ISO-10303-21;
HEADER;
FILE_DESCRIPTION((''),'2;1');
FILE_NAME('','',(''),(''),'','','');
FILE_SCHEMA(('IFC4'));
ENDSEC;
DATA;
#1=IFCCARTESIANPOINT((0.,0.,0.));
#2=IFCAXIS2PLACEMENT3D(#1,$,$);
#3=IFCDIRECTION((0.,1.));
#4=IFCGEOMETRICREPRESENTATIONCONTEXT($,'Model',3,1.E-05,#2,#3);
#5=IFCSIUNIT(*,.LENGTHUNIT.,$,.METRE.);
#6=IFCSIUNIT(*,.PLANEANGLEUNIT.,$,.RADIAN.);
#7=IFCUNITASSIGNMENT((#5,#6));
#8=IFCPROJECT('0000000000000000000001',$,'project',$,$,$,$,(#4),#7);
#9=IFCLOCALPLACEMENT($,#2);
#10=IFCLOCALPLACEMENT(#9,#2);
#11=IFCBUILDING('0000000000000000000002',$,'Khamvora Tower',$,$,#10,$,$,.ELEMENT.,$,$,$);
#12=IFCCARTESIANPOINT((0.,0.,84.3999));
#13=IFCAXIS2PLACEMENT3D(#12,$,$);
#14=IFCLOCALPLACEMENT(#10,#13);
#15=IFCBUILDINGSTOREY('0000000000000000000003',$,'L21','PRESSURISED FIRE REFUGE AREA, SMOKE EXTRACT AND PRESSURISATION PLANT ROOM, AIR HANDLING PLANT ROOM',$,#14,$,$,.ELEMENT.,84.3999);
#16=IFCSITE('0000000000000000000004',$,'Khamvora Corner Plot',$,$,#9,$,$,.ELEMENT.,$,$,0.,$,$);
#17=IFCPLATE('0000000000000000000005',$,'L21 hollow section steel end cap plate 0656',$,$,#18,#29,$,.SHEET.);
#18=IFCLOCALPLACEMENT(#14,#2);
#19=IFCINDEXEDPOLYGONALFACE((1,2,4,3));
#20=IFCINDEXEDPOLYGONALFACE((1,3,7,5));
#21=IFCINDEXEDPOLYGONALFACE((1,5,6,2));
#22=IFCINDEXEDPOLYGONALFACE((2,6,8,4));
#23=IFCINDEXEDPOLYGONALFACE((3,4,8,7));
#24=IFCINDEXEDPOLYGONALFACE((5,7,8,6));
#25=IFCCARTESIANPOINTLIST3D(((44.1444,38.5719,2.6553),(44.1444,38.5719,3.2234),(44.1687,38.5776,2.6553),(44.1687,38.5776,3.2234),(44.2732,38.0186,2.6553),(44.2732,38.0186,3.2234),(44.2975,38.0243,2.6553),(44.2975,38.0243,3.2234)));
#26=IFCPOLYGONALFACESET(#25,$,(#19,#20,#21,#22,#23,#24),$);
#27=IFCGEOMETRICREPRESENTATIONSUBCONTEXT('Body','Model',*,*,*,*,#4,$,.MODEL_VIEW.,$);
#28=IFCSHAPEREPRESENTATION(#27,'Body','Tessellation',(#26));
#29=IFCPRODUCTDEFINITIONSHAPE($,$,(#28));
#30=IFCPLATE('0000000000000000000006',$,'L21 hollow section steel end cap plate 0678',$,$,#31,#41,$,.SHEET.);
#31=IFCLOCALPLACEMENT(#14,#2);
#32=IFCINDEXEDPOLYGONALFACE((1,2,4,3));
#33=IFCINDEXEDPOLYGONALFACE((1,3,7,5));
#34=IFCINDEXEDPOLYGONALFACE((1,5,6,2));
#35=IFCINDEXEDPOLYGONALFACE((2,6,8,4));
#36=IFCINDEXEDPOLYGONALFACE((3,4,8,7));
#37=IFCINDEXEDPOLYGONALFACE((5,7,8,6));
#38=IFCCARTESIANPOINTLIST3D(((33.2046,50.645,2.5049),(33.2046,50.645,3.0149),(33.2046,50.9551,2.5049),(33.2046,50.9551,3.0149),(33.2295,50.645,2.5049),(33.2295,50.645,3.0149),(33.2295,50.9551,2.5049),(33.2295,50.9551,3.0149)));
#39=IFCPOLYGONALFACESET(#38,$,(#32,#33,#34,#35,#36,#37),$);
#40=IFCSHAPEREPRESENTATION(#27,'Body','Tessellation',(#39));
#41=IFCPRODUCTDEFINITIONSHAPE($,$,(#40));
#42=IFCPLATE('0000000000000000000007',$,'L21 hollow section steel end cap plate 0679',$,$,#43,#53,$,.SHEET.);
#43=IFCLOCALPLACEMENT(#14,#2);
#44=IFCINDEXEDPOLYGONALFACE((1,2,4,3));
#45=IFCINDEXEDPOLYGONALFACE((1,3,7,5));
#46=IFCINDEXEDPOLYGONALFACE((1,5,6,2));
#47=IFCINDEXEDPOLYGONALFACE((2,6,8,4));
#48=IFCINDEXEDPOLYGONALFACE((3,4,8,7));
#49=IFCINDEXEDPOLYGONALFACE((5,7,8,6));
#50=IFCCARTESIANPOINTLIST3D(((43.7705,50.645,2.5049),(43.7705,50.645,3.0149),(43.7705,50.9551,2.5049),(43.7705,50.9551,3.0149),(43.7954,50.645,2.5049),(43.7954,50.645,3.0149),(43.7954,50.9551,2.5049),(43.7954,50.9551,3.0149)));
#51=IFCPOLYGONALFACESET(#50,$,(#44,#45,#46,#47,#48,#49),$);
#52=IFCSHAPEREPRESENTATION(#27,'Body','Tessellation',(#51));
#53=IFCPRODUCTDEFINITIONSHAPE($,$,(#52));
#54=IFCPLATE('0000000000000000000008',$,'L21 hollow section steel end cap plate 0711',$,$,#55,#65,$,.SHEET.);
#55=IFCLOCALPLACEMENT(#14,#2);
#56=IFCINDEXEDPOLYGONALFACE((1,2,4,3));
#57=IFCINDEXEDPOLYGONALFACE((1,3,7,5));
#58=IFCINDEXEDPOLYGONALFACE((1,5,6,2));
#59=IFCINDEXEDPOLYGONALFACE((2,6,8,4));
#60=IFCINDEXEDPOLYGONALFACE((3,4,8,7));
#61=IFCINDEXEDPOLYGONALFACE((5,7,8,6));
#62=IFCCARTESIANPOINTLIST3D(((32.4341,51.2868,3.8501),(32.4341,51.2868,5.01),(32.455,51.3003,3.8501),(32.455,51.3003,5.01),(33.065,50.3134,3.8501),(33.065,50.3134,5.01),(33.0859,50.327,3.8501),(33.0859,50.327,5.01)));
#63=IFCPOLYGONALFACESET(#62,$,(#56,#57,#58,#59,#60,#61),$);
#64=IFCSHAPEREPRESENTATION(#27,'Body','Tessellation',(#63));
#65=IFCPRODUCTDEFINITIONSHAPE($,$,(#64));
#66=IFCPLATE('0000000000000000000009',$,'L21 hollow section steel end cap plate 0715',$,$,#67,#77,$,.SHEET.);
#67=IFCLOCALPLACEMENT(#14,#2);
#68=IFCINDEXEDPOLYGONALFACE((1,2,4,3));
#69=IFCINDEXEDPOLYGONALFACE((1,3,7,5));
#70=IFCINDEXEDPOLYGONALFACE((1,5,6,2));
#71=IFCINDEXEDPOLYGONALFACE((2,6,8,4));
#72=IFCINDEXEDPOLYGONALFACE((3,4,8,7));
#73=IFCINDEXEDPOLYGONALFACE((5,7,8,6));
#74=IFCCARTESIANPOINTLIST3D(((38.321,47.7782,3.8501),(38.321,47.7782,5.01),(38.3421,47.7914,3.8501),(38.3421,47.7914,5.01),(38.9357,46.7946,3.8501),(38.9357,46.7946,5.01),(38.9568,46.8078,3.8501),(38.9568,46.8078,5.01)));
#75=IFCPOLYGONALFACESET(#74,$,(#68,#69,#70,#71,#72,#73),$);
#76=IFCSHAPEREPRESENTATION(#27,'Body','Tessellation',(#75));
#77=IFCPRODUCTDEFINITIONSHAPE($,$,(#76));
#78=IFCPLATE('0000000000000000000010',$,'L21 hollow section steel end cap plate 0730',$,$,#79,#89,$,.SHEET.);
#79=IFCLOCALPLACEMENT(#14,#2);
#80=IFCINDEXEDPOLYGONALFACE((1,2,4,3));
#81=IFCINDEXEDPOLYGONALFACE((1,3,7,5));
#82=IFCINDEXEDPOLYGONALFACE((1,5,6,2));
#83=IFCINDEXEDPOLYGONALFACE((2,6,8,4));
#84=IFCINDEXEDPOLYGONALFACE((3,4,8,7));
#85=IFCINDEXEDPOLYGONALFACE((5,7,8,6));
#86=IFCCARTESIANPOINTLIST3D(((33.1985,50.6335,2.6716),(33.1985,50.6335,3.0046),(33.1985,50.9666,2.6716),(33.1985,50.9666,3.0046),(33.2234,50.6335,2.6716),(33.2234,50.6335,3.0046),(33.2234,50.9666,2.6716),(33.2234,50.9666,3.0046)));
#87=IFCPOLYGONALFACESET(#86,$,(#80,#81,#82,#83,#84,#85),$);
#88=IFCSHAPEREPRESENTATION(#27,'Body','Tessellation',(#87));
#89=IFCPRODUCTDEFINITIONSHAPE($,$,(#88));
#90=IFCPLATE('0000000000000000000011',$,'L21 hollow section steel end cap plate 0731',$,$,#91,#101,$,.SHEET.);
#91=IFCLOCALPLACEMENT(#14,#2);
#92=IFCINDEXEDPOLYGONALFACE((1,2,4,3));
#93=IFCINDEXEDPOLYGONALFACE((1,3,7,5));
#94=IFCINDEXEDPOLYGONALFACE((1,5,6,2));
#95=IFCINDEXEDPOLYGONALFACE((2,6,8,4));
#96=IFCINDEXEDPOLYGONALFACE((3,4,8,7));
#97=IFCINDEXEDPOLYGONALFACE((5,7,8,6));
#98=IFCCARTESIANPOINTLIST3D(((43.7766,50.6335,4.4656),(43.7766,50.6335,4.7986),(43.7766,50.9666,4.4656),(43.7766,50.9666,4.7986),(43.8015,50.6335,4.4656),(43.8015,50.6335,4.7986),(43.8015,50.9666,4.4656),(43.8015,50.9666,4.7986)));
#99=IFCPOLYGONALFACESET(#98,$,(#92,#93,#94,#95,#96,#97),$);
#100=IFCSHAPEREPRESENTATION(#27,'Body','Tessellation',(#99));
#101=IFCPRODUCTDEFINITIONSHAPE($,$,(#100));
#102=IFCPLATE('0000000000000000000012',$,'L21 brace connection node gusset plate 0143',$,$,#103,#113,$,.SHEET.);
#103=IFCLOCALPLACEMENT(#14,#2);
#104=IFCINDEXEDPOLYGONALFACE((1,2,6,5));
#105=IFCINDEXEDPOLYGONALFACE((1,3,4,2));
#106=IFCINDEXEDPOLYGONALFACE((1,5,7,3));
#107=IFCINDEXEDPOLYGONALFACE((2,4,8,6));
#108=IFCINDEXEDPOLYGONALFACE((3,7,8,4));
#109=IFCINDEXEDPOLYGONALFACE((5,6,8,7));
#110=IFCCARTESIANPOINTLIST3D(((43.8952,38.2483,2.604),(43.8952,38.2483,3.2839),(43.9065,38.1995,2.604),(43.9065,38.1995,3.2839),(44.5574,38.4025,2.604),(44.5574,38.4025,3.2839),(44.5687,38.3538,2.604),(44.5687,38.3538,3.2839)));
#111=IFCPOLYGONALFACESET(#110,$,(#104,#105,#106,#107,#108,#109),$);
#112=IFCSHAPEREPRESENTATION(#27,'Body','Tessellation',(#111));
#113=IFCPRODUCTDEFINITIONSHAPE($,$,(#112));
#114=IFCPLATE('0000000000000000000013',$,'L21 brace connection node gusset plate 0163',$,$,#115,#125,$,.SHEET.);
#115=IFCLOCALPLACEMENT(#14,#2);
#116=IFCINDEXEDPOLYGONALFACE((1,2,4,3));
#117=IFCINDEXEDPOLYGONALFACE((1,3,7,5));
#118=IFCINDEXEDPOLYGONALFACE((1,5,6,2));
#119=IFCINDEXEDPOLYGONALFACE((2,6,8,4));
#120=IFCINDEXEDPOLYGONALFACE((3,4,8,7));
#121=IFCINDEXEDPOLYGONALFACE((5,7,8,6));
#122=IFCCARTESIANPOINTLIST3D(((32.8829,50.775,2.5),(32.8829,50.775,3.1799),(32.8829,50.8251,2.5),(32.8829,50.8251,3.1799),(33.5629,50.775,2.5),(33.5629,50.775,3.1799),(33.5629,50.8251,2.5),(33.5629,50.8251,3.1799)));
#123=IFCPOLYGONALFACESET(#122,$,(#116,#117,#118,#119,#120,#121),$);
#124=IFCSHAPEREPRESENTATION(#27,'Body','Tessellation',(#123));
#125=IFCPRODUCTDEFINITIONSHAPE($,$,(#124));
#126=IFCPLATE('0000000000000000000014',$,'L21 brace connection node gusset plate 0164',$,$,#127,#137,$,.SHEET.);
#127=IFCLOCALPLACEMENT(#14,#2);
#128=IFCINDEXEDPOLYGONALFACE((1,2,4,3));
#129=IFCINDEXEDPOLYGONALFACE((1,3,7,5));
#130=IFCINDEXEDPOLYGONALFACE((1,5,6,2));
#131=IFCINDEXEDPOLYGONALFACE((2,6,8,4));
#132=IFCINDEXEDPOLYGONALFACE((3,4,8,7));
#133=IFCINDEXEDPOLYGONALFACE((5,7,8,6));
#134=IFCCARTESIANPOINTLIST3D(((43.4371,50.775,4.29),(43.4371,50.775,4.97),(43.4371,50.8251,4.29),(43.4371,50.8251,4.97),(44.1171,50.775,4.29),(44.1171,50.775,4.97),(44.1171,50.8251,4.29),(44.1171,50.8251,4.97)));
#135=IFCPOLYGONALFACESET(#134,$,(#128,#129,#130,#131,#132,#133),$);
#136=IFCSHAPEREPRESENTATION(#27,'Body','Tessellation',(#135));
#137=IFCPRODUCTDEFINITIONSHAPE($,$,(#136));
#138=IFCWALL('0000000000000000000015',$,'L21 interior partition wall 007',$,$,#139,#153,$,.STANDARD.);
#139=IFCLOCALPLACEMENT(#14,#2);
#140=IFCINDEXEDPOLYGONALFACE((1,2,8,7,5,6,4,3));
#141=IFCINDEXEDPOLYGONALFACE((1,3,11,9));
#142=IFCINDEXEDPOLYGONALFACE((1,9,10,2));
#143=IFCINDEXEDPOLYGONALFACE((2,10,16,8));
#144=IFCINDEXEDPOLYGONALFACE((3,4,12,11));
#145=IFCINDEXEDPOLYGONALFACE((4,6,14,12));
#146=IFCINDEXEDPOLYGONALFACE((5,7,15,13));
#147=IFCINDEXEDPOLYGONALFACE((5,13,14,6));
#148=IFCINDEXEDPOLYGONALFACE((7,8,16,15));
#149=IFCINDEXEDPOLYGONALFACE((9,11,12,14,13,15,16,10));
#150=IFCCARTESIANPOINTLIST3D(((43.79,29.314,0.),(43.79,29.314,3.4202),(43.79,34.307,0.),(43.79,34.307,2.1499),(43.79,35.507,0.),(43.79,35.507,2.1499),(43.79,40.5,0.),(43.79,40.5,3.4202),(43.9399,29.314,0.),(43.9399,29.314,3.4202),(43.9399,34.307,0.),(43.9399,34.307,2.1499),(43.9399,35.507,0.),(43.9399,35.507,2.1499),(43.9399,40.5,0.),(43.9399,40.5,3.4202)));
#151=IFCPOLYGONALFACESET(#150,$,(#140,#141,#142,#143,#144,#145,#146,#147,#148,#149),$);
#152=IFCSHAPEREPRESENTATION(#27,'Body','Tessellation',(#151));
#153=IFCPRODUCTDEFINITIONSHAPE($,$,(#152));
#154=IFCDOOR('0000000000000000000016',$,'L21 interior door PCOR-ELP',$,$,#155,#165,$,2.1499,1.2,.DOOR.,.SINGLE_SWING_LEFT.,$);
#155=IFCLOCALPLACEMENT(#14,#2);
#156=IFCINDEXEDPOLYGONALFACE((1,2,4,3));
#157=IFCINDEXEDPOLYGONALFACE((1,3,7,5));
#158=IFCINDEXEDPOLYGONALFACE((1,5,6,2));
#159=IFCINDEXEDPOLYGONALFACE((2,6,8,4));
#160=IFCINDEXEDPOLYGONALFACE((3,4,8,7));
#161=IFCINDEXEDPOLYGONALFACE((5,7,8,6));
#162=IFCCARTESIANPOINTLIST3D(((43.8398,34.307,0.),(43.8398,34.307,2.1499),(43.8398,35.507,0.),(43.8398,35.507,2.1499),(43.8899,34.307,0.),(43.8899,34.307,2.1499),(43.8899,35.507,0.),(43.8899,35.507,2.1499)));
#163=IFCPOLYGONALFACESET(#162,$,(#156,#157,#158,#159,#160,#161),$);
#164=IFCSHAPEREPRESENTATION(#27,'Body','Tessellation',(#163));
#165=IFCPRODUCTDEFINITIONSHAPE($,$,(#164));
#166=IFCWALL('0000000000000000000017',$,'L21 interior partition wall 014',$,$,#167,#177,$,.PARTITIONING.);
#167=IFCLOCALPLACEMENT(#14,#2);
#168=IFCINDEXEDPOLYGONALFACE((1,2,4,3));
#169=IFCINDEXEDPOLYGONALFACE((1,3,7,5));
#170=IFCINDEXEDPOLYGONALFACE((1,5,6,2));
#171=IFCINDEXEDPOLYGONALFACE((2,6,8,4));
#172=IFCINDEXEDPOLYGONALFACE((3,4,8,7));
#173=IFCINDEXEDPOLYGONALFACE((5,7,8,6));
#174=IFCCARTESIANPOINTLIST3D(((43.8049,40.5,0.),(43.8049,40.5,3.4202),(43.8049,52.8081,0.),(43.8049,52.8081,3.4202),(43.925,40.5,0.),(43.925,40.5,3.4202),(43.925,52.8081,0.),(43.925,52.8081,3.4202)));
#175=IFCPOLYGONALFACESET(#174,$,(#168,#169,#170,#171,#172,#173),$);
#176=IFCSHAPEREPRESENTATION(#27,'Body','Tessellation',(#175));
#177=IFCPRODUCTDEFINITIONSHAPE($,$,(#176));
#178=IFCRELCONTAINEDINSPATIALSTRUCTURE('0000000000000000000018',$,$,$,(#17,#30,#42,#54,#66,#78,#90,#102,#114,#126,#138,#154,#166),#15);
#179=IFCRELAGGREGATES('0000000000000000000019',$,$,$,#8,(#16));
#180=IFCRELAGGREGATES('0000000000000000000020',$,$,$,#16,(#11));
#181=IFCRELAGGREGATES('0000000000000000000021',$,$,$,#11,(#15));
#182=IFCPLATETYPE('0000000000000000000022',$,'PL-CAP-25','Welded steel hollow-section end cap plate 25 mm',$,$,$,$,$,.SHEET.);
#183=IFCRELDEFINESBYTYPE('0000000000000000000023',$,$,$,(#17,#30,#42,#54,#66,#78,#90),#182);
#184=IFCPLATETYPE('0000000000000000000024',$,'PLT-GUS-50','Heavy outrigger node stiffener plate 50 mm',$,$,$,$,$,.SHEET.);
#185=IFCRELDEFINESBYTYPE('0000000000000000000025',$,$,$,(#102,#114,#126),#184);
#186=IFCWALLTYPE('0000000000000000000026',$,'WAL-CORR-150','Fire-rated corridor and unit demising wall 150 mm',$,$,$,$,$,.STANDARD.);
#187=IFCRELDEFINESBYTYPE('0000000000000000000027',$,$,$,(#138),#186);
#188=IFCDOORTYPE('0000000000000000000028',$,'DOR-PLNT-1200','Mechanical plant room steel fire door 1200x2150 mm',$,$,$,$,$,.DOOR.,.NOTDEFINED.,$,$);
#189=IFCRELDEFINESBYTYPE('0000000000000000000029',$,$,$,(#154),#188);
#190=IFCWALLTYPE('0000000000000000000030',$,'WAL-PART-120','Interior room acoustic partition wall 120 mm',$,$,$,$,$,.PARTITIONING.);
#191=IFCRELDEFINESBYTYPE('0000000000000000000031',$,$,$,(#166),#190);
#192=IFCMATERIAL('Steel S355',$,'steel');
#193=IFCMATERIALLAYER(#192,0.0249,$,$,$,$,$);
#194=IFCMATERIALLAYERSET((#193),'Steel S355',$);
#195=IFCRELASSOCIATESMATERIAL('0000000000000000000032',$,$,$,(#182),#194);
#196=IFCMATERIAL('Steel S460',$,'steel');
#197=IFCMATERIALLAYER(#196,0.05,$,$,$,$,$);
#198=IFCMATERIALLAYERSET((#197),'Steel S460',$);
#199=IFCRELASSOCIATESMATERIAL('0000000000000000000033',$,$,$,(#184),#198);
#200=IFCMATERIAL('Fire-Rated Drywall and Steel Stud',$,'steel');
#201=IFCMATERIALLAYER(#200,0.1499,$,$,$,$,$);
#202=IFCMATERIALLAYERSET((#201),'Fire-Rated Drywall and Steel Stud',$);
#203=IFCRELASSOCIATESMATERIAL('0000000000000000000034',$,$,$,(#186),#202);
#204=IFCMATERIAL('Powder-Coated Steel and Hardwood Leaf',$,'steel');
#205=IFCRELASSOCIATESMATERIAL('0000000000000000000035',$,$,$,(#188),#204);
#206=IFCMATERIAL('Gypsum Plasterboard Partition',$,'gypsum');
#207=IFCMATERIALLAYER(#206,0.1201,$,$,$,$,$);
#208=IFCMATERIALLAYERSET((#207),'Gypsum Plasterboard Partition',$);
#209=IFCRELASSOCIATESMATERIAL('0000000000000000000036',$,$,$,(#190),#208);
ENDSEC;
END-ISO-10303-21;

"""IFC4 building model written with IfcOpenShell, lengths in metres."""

from ifc_helpers import new_model, si_unit, direction, frame, frame_2d, origin, origin_2d, place, context, subcontext, project, spatial, rectangle, extrude, material, layer, layer_set, type_object, element, fill, save


model = new_model("IFC4")

# Units and contexts
model_context = context("Model", 3, precision=1e-05, world=origin(), true_north=direction((0.0, 1.0)))
body_context = subcontext(model_context, "Body", "Model", "MODEL_VIEW")
ifc_project = project(units=[si_unit("LENGTHUNIT", "METRE"), si_unit("PLANEANGLEUNIT", "RADIAN")], contexts=[model_context])

# Site, building, storey
site_placement = place(None, origin())
site = spatial("IfcSite", under=ifc_project, at=site_placement, Name="Khamvora Corner Plot", CompositionType="ELEMENT", RefElevation=0.0)
building_placement = place(site_placement, origin())
building = spatial("IfcBuilding", under=site, at=building_placement, Name="Khamvora Tower", CompositionType="ELEMENT")
storey_placement = place(building_placement, frame((0.0, 0.0, 84.3999)))
storey = spatial("IfcBuildingStorey", under=building, at=storey_placement, Name="L21", Description="PRESSURISED FIRE REFUGE AREA, SMOKE EXTRACT AND PRESSURISATION PLANT ROOM, AIR HANDLING PLANT ROOM", CompositionType="ELEMENT", Elevation=84.3999)

# Shared definitions
ifc_material_1 = material(Name="Steel S355", Category="steel")

# Shared definitions
ifc_material_2 = material(Name="Steel S460", Category="steel")

# Plates
ifc_layer_1 = layer(ifc_material_1, 0.0249)
ifc_layer_set_1 = layer_set([ifc_layer_1], Name="Steel S355")
plate_type_1 = type_object("IfcPlateType", Name="PL-CAP-25", Description="Welded steel hollow-section end cap plate 25 mm", PredefinedType="SHEET", material=ifc_layer_set_1)
plate_placement = place(storey_placement, frame((44.2209, 38.2981, 2.6553), z_axis=(0.0, 0.0, 1.0), x_axis=(0.973968, 0.226685, 0.0)))
element("IfcPlate", 1, at=plate_placement, inside=storey, type_object=plate_type_1, Name="L21 hollow section steel end cap plate 0656", PredefinedType="SHEET", context=body_context, shape_type="SweptSolid", body=[
    extrude(rectangle(XDim=0.0249, YDim=0.5681, at=origin_2d()), origin(), (0.0, 0.0, 1.0), 0.5681),
])
for number, where, z_axis, x_axis, name in (
    (2, (33.217, 50.8, 2.5049), (0.0, 0.0, 1.0), (1.0, 0.0, 0.0), "L21 hollow section steel end cap plate 0678"),
    (3, (43.783, 50.8, 2.5049), (0.0, 0.0, 1.0), (1.0, 0.0, 0.0), "L21 hollow section steel end cap plate 0679"),
):
    element("IfcPlate", number, at=place(storey_placement, frame(where, z_axis=z_axis, x_axis=x_axis)), inside=storey, type_object=plate_type_1, Name=name, PredefinedType="SHEET", context=body_context, shape_type="SweptSolid", body=[
        extrude(rectangle(XDim=0.0249, YDim=0.3101, at=origin_2d()), origin(), (0.0, 0.0, 1.0), 0.51),
    ])
for number, where, z_axis, x_axis, name in (
    (4, (32.76, 50.8069, 3.8501), (0.0, 0.0, 1.0), (-0.839155, -0.543892, 0.0), "L21 hollow section steel end cap plate 0711"),
    (5, (38.6389, 47.293, 3.8501), (0.0, 0.0, 1.0), (-0.848002, -0.529993, 0.0), "L21 hollow section steel end cap plate 0715"),
):
    element("IfcPlate", number, at=place(storey_placement, frame(where, z_axis=z_axis, x_axis=x_axis)), inside=storey, type_object=plate_type_1, Name=name, PredefinedType="SHEET", context=body_context, shape_type="SweptSolid", body=[
        extrude(rectangle(XDim=0.0249, YDim=1.1599, at=origin_2d()), origin(), (0.0, 0.0, 1.0), 1.1599),
    ])
for number, where, z_axis, x_axis, name in (
    (6, (33.2109, 50.8, 2.6716), (0.0, 0.0, 1.0), (1.0, 0.0, 0.0), "L21 hollow section steel end cap plate 0730"),
    (7, (43.7891, 50.8, 4.4656), (0.0, 0.0, 1.0), (1.0, 0.0, 0.0), "L21 hollow section steel end cap plate 0731"),
):
    element("IfcPlate", number, at=place(storey_placement, frame(where, z_axis=z_axis, x_axis=x_axis)), inside=storey, type_object=plate_type_1, Name=name, PredefinedType="SHEET", context=body_context, shape_type="SweptSolid", body=[
        extrude(rectangle(XDim=0.0249, YDim=0.333, at=origin_2d()), origin(), (0.0, 0.0, 1.0), 0.333),
    ])
ifc_layer_2 = layer(ifc_material_2, 0.05)
ifc_layer_set_2 = layer_set([ifc_layer_2], Name="Steel S460")
plate_type_2 = type_object("IfcPlateType", Name="PLT-GUS-50", Description="Heavy outrigger node stiffener plate 50 mm", PredefinedType="SHEET", material=ifc_layer_set_2)
for number, where, z_axis, x_axis, name in (
    (8, (44.2319, 38.301, 2.604), (0.0, 0.0, 1.0), (0.973925, 0.226872, 0.0), "L21 brace connection node gusset plate 0143"),
    (9, (33.2229, 50.8, 2.5), (0.0, 0.0, 1.0), (1.0, 0.0, 0.0), "L21 brace connection node gusset plate 0163"),
    (10, (43.7771, 50.8, 4.29), (0.0, 0.0, 1.0), (1.0, 0.0, 0.0), "L21 brace connection node gusset plate 0164"),
):
    element("IfcPlate", number, at=place(storey_placement, frame(where, z_axis=z_axis, x_axis=x_axis)), inside=storey, type_object=plate_type_2, Name=name, PredefinedType="SHEET", context=body_context, shape_type="SweptSolid", body=[
        extrude(rectangle(XDim=0.6799, YDim=0.05, at=origin_2d()), origin(), (0.0, 0.0, 1.0), 0.6799),
    ])

# Wall, opening, door
ifc_material_3 = material(Name="Fire-Rated Drywall and Steel Stud", Category="steel")
ifc_layer_3 = layer(ifc_material_3, 0.1499)
ifc_layer_set_3 = layer_set([ifc_layer_3], Name="Fire-Rated Drywall and Steel Stud")
wall_type_1 = type_object("IfcWallType", Name="WAL-CORR-150", Description="Fire-rated corridor and unit demising wall 150 mm", PredefinedType="STANDARD", material=ifc_layer_set_3)
wall_1_placement = place(storey_placement, frame((43.865, 40.5, 0.0), z_axis=(0.0, 0.0, 1.0), x_axis=(0.0, -1.0, 0.0)))
wall_1 = element("IfcWall", 11, at=wall_1_placement, inside=storey, type_object=wall_type_1, Name="L21 interior partition wall 007", PredefinedType="STANDARD", context=body_context, shape_type="SweptSolid", body=[
    extrude(rectangle(XDim=11.186, YDim=0.1499, at=frame_2d((5.593, 0.0))), origin(), (0.0, 0.0, 1.0), 3.4202),
])
opening_placement = place(wall_1_placement, frame((4.9929, 0.0, 0.0)))
opening = element("IfcOpeningElement", 12, at=opening_placement, cuts=wall_1, PredefinedType="OPENING", context=body_context, shape_type="SweptSolid", body=[
    extrude(rectangle(XDim=1.2, YDim=2.1499, at=frame_2d((0.6001, 1.075))), frame((0.0, 0.085, 0.0), z_axis=(0.0, -1.0, 0.0), x_axis=(1.0, 0.0, 0.0)), (0.0, 0.0, 1.0), 0.1699),
])
ifc_material_4 = material(Name="Powder-Coated Steel and Hardwood Leaf", Category="steel")
door_type = type_object("IfcDoorType", Name="DOR-PLNT-1200", Description="Mechanical plant room steel fire door 1200x2150 mm", OperationType="NOTDEFINED", PredefinedType="DOOR", material=ifc_material_4)
door_placement = place(opening_placement, origin())
door = element("IfcDoor", 13, at=door_placement, inside=storey, type_object=door_type, Name="L21 interior door PCOR-ELP", OperationType="SINGLE_SWING_LEFT", OverallHeight=2.1499, OverallWidth=1.2, PredefinedType="DOOR", context=body_context, shape_type="SweptSolid", body=[
    extrude(rectangle(XDim=1.2, YDim=2.1499, at=frame_2d((0.6001, 1.075))), frame((0.0, 0.0249, 0.0), z_axis=(0.0, -1.0, 0.0), x_axis=(1.0, 0.0, 0.0)), (0.0, 0.0, 1.0), 0.05),
])
fill(opening, door)

# Wall
ifc_material_5 = material(Name="Gypsum Plasterboard Partition", Category="gypsum")
ifc_layer_4 = layer(ifc_material_5, 0.1201)
ifc_layer_set_4 = layer_set([ifc_layer_4], Name="Gypsum Plasterboard Partition")
wall_type_2 = type_object("IfcWallType", Name="WAL-PART-120", Description="Interior room acoustic partition wall 120 mm", PredefinedType="PARTITIONING", material=ifc_layer_set_4)
wall_2_placement = place(storey_placement, frame((43.865, 40.5, 0.0), z_axis=(0.0, 0.0, 1.0), x_axis=(0.0, 1.0, 0.0)))
element("IfcWall", 14, at=wall_2_placement, inside=storey, type_object=wall_type_2, Name="L21 interior partition wall 014", PredefinedType="PARTITIONING", context=body_context, shape_type="SweptSolid", body=[
    extrude(rectangle(XDim=12.3081, YDim=0.1201, at=frame_2d((6.1541, 0.0))), origin(), (0.0, 0.0, 1.0), 3.4202),
])

save(model, "model.ifc")
